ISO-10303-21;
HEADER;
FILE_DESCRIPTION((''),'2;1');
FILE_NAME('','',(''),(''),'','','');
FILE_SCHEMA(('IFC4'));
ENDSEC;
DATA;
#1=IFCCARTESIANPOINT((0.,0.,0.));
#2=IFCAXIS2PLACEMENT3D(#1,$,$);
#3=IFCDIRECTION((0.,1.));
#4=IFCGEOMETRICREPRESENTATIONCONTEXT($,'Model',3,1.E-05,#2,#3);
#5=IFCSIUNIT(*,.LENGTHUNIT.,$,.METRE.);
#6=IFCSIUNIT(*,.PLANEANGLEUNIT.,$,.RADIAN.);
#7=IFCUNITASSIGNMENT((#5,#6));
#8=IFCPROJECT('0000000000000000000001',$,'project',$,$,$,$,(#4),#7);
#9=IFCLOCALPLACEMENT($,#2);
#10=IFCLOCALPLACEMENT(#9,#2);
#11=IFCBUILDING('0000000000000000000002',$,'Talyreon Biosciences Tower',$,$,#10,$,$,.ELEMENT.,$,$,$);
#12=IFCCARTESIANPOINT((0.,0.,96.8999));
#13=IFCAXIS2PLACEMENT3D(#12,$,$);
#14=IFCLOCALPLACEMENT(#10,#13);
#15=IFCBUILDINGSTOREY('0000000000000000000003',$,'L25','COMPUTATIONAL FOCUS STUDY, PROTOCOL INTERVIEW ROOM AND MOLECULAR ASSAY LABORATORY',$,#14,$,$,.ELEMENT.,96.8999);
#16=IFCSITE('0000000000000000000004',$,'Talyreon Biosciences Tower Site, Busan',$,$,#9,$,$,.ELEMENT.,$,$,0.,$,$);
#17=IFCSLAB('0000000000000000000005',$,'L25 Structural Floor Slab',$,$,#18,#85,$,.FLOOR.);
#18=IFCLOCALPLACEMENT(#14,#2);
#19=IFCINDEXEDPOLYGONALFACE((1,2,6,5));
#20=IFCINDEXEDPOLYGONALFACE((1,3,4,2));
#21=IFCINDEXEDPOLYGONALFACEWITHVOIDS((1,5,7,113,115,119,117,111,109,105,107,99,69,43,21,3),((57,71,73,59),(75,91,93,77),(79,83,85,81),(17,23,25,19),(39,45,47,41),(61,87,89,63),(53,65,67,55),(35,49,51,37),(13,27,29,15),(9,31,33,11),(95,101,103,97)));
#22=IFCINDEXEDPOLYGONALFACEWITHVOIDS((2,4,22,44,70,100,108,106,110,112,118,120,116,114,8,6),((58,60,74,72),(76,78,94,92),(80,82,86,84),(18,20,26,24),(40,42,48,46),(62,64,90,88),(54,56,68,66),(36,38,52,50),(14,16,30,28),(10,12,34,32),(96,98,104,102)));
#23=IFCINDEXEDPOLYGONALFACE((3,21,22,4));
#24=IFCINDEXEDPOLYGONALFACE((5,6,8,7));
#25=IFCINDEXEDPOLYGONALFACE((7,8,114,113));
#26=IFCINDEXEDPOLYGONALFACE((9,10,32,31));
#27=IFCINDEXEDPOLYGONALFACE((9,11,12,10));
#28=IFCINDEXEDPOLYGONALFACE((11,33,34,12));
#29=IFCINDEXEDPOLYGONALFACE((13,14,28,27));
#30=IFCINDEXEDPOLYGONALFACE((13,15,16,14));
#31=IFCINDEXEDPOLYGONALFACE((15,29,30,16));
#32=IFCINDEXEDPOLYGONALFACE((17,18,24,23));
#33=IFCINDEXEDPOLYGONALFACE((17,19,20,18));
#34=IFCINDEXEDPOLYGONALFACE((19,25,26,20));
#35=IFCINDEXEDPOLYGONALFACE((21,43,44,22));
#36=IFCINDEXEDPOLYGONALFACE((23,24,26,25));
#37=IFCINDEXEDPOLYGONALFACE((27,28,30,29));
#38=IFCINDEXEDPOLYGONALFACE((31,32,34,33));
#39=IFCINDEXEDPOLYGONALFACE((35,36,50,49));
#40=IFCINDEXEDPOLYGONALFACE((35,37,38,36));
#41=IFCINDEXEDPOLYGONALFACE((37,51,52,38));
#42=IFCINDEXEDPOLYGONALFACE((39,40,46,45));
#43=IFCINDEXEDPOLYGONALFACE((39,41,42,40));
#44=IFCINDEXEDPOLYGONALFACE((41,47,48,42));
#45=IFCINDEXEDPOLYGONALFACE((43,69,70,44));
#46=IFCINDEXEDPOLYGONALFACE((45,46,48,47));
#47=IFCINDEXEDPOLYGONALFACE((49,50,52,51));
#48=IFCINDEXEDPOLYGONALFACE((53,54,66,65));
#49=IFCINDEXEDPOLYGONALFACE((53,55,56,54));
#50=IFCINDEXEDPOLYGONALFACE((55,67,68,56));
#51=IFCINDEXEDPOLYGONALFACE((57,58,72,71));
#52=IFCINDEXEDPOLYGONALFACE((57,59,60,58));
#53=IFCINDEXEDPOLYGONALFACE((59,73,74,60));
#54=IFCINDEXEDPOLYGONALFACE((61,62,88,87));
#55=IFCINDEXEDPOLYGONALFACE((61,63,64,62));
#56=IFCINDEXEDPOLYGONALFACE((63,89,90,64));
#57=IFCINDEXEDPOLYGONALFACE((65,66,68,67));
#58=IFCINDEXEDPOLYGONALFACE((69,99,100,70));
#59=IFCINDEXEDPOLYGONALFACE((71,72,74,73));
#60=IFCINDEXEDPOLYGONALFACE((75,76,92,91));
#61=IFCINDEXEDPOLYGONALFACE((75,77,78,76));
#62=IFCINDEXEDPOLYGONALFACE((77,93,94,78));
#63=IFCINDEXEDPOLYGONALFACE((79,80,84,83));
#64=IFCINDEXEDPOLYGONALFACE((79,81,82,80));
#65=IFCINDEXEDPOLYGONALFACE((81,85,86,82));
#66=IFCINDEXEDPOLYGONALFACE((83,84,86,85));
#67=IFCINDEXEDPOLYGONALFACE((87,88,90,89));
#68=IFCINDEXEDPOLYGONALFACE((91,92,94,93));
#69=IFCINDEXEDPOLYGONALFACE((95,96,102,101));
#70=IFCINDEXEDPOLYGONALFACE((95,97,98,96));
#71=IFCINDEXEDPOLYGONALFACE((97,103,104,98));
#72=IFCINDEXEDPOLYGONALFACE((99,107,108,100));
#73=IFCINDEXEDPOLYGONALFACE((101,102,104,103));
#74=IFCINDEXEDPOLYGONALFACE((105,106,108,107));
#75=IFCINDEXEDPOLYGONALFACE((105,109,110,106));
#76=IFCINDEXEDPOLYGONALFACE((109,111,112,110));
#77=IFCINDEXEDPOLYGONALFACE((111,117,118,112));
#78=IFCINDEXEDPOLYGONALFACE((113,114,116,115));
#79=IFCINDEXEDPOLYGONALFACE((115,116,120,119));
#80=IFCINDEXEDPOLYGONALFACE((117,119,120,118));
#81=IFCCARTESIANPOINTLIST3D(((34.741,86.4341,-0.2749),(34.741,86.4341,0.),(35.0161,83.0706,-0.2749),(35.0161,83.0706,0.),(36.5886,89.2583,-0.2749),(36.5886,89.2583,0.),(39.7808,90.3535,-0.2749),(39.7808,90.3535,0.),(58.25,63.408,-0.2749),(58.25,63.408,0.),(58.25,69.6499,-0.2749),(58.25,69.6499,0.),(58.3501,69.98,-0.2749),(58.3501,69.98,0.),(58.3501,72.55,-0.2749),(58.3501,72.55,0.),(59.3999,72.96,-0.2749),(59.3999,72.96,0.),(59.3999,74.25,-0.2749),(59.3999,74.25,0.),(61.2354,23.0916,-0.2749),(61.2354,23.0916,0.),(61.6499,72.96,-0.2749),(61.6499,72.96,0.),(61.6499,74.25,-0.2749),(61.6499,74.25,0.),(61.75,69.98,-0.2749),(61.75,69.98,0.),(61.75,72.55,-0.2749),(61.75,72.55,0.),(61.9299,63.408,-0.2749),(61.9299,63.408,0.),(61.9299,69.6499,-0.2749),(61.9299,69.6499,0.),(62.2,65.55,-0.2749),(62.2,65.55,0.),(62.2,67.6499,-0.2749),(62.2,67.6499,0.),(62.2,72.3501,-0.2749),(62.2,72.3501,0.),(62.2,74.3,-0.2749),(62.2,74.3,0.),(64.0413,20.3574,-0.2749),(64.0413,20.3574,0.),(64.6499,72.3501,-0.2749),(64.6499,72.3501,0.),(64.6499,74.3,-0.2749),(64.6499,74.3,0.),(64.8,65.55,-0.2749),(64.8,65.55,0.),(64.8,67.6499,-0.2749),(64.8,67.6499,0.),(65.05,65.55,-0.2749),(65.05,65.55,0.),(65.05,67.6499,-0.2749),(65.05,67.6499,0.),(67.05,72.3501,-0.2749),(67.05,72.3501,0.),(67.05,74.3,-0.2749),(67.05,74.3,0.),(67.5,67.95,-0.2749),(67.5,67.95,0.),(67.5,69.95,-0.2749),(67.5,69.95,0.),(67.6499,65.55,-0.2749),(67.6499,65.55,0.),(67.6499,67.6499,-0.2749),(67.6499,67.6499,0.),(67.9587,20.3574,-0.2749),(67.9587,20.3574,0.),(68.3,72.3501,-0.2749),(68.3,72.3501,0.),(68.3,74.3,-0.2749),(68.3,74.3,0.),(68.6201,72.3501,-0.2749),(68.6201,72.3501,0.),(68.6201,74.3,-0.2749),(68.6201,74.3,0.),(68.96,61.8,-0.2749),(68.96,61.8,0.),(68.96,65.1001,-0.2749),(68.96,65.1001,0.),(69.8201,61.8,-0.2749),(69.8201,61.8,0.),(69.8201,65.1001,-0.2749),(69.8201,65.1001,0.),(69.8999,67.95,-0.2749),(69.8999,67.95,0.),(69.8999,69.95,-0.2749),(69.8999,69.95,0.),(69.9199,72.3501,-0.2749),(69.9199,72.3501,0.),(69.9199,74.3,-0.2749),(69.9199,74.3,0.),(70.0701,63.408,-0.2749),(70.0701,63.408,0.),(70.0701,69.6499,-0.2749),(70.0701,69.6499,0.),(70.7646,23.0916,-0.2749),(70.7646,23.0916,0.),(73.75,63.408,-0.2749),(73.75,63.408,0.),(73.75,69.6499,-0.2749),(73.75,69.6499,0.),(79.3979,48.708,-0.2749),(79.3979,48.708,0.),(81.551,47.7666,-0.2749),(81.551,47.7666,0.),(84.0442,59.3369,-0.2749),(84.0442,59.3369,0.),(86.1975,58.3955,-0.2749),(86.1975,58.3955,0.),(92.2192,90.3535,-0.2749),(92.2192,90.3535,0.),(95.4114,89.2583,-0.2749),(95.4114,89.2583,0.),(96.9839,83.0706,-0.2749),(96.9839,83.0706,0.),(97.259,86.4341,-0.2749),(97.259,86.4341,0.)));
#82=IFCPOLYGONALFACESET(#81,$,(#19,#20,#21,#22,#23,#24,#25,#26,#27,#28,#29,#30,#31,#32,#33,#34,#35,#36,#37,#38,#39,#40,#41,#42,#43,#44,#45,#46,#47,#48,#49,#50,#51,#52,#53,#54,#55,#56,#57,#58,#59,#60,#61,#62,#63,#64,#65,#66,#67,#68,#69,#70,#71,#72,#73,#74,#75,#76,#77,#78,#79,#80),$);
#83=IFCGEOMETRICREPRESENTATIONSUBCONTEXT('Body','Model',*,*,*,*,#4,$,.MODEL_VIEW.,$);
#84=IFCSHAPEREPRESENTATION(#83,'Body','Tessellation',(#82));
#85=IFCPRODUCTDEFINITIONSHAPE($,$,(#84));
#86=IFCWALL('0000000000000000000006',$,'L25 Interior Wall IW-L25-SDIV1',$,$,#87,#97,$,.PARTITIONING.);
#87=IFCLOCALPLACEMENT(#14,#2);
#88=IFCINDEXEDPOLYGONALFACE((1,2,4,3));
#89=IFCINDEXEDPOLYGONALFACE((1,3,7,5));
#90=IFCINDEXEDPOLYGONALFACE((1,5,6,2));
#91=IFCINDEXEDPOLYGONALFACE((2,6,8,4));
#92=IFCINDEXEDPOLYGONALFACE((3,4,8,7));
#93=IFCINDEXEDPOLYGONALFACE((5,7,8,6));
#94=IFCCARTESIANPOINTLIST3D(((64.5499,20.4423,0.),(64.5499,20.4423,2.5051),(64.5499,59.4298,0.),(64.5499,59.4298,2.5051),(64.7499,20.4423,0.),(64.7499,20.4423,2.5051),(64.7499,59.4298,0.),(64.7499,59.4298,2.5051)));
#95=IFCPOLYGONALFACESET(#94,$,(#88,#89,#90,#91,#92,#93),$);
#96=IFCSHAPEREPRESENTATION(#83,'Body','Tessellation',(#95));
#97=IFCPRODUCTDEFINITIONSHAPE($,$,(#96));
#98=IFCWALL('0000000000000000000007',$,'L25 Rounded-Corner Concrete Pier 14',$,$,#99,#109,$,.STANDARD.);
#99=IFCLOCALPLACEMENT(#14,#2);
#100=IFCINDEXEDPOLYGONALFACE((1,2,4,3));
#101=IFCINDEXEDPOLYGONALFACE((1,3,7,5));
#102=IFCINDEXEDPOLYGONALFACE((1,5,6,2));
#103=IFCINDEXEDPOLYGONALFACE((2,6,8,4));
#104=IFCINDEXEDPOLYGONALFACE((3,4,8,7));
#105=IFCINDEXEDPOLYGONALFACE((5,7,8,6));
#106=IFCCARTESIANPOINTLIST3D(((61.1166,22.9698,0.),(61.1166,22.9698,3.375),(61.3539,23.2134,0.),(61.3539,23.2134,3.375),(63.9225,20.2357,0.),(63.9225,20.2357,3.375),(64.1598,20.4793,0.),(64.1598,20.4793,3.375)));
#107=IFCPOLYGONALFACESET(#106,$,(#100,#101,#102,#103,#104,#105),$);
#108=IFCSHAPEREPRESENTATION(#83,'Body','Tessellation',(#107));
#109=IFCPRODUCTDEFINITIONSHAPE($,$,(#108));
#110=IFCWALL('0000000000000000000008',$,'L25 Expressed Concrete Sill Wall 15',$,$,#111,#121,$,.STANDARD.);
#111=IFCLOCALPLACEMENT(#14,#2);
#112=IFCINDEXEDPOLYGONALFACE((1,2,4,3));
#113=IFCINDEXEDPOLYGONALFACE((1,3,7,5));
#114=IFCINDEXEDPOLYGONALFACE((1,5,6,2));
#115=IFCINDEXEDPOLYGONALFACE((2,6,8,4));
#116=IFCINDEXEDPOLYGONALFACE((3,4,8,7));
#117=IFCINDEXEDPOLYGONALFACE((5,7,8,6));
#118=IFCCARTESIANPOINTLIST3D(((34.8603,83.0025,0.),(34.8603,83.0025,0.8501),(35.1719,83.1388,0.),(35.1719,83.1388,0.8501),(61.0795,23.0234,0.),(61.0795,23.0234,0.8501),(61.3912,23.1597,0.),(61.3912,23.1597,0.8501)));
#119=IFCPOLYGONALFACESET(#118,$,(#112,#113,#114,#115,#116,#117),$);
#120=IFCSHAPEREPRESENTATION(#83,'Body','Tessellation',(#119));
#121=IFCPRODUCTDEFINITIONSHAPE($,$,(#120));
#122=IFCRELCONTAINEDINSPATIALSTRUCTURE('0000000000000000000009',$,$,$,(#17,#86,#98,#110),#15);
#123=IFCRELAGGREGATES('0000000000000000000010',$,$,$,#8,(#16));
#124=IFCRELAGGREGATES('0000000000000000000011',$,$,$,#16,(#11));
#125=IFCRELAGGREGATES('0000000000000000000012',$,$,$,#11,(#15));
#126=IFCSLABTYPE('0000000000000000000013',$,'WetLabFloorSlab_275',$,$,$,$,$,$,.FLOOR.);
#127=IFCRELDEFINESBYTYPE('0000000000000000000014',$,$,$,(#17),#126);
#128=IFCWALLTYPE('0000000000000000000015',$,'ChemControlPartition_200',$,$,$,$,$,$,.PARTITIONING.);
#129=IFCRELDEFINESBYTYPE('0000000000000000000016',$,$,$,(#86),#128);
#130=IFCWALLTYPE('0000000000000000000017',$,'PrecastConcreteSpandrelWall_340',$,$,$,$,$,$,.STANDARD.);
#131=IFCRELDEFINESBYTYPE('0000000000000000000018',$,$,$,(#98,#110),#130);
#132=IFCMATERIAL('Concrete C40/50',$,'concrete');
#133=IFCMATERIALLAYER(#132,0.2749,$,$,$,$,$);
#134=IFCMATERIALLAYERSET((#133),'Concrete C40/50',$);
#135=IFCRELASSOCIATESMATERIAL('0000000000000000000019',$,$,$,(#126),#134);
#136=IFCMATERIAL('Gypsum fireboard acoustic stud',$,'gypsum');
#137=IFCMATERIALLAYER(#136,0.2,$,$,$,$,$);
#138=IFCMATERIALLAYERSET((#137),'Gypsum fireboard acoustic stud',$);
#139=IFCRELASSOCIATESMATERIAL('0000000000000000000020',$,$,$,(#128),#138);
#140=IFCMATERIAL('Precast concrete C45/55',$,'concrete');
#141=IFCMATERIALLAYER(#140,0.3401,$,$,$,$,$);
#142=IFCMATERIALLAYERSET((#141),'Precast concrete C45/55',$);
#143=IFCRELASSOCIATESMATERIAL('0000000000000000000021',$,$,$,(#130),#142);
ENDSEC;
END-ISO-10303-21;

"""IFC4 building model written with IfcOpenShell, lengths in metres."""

from ifc_helpers import new_model, si_unit, direction, frame, frame_2d, origin, place, context, subcontext, project, spatial, polyline, rectangle, outline, extrude, material, layer, layer_set, type_object, element, save


model = new_model("IFC4")

# Units and contexts
model_context = context("Model", 3, precision=1e-05, world=origin(), true_north=direction((0.0, 1.0)))
body_context = subcontext(model_context, "Body", "Model", "MODEL_VIEW")
ifc_project = project(units=[si_unit("LENGTHUNIT", "METRE"), si_unit("PLANEANGLEUNIT", "RADIAN")], contexts=[model_context])

# Site, building, storey
site_placement = place(None, origin())
site = spatial("IfcSite", under=ifc_project, at=site_placement, Name="Talyreon Biosciences Tower Site, Busan", CompositionType="ELEMENT", RefElevation=0.0)
building_placement = place(site_placement, origin())
building = spatial("IfcBuilding", under=site, at=building_placement, Name="Talyreon Biosciences Tower", CompositionType="ELEMENT")
storey_placement = place(building_placement, frame((0.0, 0.0, 96.8999)))
storey = spatial("IfcBuildingStorey", under=building, at=storey_placement, Name="L25", Description="COMPUTATIONAL FOCUS STUDY, PROTOCOL INTERVIEW ROOM AND MOLECULAR ASSAY LABORATORY", CompositionType="ELEMENT", Elevation=96.8999)

# Shared definitions
ifc_material_1 = material(Name="Precast concrete C45/55", Category="concrete")

# Shared definitions
ifc_material_2 = material(Name="Concrete C40/50", Category="concrete")

# Slab
ifc_layer_1 = layer(ifc_material_2, 0.2749)
ifc_layer_set_1 = layer_set([ifc_layer_1], Name="Concrete C40/50")
slab_type_1 = type_object("IfcSlabType", Name="WetLabFloorSlab_275", PredefinedType="FLOOR", material=ifc_layer_set_1)
slab_1_placement = place(storey_placement, frame((0.0, 0.0, -0.2749)))
element("IfcSlab", 1, at=slab_1_placement, inside=storey, type_object=slab_type_1, Name="L25 Structural Floor Slab", PredefinedType="FLOOR", context=body_context, shape_type="SweptSolid", body=[
    extrude(outline(polyline([(35.0161, 83.0706), (34.741, 86.4341), (36.5886, 89.2583), (39.7808, 90.3535), (92.2192, 90.3535), (95.4114, 89.2583), (97.259, 86.4341), (96.9839, 83.0706), (86.1975, 58.3955), (84.0442, 59.3369), (79.3979, 48.708), (81.551, 47.7666), (70.7646, 23.0916), (67.9587, 20.3574), (64.0413, 20.3574), (61.2354, 23.0916), (35.0161, 83.0706)]), holes=[polyline([(61.9299, 69.6499), (61.9299, 63.408), (58.25, 63.408), (58.25, 69.6499), (61.9299, 69.6499)]), polyline([(64.8, 67.6499), (64.8, 65.55), (62.2, 65.55), (62.2, 67.6499), (64.8, 67.6499)]), polyline([(67.6499, 67.6499), (67.6499, 65.55), (65.05, 65.55), (65.05, 67.6499), (67.6499, 67.6499)]), polyline([(61.75, 69.98), (58.3501, 69.98), (58.3501, 72.55), (61.75, 72.55), (61.75, 69.98)]), polyline([(64.6499, 72.3501), (62.2, 72.3501), (62.2, 74.3), (64.6499, 74.3), (64.6499, 72.3501)]), polyline([(61.6499, 74.25), (61.6499, 72.96), (59.3999, 72.96), (59.3999, 74.25), (61.6499, 74.25)]), polyline([(69.8201, 61.8), (68.96, 61.8), (68.96, 65.1001), (69.8201, 65.1001), (69.8201, 61.8)]), polyline([(73.75, 63.408), (70.0701, 63.408), (70.0701, 69.6499), (73.75, 69.6499), (73.75, 63.408)]), polyline([(69.8999, 69.95), (69.8999, 67.95), (67.5, 67.95), (67.5, 69.95), (69.8999, 69.95)]), polyline([(68.3, 72.3501), (67.05, 72.3501), (67.05, 74.3), (68.3, 74.3), (68.3, 72.3501)]), polyline([(69.9199, 72.3501), (68.6201, 72.3501), (68.6201, 74.3), (69.9199, 74.3), (69.9199, 72.3501)])]), origin(), (0.0, 0.0, 1.0), 0.2749),
])

# Walls
ifc_material_3 = material(Name="Gypsum fireboard acoustic stud", Category="gypsum")
ifc_layer_2 = layer(ifc_material_3, 0.2)
ifc_layer_set_2 = layer_set([ifc_layer_2], Name="Gypsum fireboard acoustic stud")
wall_type_1 = type_object("IfcWallType", Name="ChemControlPartition_200", PredefinedType="PARTITIONING", material=ifc_layer_set_2)
wall_1_placement = place(storey_placement, frame((64.6499, 20.4424, 0.0), z_axis=(0.0, 0.0, 1.0), x_axis=(0.0, 1.0, 0.0)))
element("IfcWall", 2, at=wall_1_placement, inside=storey, type_object=wall_type_1, Name="L25 Interior Wall IW-L25-SDIV1", PredefinedType="PARTITIONING", context=body_context, shape_type="SweptSolid", body=[
    extrude(rectangle(XDim=38.9875, YDim=0.2, at=frame_2d((19.4937, 0.0))), origin(), (0.0, 0.0, 1.0), 2.5051),
])
ifc_layer_3 = layer(ifc_material_1, 0.3401)
ifc_layer_set_3 = layer_set([ifc_layer_3], Name="Precast concrete C45/55")
wall_type_2 = type_object("IfcWallType", Name="PrecastConcreteSpandrelWall_340", PredefinedType="STANDARD", material=ifc_layer_set_3)
wall_2_placement = place(storey_placement, frame((64.0413, 20.3574, 0.0), z_axis=(0.0, 0.0, 1.0), x_axis=(-0.716208, 0.697887, 0.0)))
element("IfcWall", 3, at=wall_2_placement, inside=storey, type_object=wall_type_2, Name="L25 Rounded-Corner Concrete Pier 14", PredefinedType="STANDARD", context=body_context, shape_type="SweptSolid", body=[
    extrude(rectangle(XDim=3.9177, YDim=0.3401, at=frame_2d((1.959, 0.0))), origin(), (0.0, 0.0, 1.0), 3.375),
])
wall_3_placement = place(storey_placement, frame((61.2354, 23.0916, 0.0), z_axis=(0.0, 0.0, 1.0), x_axis=(-0.400542, 0.916278, 0.0)))
element("IfcWall", 4, at=wall_3_placement, inside=storey, type_object=wall_type_2, Name="L25 Expressed Concrete Sill Wall 15", PredefinedType="STANDARD", context=body_context, shape_type="SweptSolid", body=[
    extrude(rectangle(XDim=65.4595, YDim=0.3401, at=frame_2d((32.7297, 0.0))), origin(), (0.0, 0.0, 1.0), 0.8501),
])

save(model, "model.ifc")
